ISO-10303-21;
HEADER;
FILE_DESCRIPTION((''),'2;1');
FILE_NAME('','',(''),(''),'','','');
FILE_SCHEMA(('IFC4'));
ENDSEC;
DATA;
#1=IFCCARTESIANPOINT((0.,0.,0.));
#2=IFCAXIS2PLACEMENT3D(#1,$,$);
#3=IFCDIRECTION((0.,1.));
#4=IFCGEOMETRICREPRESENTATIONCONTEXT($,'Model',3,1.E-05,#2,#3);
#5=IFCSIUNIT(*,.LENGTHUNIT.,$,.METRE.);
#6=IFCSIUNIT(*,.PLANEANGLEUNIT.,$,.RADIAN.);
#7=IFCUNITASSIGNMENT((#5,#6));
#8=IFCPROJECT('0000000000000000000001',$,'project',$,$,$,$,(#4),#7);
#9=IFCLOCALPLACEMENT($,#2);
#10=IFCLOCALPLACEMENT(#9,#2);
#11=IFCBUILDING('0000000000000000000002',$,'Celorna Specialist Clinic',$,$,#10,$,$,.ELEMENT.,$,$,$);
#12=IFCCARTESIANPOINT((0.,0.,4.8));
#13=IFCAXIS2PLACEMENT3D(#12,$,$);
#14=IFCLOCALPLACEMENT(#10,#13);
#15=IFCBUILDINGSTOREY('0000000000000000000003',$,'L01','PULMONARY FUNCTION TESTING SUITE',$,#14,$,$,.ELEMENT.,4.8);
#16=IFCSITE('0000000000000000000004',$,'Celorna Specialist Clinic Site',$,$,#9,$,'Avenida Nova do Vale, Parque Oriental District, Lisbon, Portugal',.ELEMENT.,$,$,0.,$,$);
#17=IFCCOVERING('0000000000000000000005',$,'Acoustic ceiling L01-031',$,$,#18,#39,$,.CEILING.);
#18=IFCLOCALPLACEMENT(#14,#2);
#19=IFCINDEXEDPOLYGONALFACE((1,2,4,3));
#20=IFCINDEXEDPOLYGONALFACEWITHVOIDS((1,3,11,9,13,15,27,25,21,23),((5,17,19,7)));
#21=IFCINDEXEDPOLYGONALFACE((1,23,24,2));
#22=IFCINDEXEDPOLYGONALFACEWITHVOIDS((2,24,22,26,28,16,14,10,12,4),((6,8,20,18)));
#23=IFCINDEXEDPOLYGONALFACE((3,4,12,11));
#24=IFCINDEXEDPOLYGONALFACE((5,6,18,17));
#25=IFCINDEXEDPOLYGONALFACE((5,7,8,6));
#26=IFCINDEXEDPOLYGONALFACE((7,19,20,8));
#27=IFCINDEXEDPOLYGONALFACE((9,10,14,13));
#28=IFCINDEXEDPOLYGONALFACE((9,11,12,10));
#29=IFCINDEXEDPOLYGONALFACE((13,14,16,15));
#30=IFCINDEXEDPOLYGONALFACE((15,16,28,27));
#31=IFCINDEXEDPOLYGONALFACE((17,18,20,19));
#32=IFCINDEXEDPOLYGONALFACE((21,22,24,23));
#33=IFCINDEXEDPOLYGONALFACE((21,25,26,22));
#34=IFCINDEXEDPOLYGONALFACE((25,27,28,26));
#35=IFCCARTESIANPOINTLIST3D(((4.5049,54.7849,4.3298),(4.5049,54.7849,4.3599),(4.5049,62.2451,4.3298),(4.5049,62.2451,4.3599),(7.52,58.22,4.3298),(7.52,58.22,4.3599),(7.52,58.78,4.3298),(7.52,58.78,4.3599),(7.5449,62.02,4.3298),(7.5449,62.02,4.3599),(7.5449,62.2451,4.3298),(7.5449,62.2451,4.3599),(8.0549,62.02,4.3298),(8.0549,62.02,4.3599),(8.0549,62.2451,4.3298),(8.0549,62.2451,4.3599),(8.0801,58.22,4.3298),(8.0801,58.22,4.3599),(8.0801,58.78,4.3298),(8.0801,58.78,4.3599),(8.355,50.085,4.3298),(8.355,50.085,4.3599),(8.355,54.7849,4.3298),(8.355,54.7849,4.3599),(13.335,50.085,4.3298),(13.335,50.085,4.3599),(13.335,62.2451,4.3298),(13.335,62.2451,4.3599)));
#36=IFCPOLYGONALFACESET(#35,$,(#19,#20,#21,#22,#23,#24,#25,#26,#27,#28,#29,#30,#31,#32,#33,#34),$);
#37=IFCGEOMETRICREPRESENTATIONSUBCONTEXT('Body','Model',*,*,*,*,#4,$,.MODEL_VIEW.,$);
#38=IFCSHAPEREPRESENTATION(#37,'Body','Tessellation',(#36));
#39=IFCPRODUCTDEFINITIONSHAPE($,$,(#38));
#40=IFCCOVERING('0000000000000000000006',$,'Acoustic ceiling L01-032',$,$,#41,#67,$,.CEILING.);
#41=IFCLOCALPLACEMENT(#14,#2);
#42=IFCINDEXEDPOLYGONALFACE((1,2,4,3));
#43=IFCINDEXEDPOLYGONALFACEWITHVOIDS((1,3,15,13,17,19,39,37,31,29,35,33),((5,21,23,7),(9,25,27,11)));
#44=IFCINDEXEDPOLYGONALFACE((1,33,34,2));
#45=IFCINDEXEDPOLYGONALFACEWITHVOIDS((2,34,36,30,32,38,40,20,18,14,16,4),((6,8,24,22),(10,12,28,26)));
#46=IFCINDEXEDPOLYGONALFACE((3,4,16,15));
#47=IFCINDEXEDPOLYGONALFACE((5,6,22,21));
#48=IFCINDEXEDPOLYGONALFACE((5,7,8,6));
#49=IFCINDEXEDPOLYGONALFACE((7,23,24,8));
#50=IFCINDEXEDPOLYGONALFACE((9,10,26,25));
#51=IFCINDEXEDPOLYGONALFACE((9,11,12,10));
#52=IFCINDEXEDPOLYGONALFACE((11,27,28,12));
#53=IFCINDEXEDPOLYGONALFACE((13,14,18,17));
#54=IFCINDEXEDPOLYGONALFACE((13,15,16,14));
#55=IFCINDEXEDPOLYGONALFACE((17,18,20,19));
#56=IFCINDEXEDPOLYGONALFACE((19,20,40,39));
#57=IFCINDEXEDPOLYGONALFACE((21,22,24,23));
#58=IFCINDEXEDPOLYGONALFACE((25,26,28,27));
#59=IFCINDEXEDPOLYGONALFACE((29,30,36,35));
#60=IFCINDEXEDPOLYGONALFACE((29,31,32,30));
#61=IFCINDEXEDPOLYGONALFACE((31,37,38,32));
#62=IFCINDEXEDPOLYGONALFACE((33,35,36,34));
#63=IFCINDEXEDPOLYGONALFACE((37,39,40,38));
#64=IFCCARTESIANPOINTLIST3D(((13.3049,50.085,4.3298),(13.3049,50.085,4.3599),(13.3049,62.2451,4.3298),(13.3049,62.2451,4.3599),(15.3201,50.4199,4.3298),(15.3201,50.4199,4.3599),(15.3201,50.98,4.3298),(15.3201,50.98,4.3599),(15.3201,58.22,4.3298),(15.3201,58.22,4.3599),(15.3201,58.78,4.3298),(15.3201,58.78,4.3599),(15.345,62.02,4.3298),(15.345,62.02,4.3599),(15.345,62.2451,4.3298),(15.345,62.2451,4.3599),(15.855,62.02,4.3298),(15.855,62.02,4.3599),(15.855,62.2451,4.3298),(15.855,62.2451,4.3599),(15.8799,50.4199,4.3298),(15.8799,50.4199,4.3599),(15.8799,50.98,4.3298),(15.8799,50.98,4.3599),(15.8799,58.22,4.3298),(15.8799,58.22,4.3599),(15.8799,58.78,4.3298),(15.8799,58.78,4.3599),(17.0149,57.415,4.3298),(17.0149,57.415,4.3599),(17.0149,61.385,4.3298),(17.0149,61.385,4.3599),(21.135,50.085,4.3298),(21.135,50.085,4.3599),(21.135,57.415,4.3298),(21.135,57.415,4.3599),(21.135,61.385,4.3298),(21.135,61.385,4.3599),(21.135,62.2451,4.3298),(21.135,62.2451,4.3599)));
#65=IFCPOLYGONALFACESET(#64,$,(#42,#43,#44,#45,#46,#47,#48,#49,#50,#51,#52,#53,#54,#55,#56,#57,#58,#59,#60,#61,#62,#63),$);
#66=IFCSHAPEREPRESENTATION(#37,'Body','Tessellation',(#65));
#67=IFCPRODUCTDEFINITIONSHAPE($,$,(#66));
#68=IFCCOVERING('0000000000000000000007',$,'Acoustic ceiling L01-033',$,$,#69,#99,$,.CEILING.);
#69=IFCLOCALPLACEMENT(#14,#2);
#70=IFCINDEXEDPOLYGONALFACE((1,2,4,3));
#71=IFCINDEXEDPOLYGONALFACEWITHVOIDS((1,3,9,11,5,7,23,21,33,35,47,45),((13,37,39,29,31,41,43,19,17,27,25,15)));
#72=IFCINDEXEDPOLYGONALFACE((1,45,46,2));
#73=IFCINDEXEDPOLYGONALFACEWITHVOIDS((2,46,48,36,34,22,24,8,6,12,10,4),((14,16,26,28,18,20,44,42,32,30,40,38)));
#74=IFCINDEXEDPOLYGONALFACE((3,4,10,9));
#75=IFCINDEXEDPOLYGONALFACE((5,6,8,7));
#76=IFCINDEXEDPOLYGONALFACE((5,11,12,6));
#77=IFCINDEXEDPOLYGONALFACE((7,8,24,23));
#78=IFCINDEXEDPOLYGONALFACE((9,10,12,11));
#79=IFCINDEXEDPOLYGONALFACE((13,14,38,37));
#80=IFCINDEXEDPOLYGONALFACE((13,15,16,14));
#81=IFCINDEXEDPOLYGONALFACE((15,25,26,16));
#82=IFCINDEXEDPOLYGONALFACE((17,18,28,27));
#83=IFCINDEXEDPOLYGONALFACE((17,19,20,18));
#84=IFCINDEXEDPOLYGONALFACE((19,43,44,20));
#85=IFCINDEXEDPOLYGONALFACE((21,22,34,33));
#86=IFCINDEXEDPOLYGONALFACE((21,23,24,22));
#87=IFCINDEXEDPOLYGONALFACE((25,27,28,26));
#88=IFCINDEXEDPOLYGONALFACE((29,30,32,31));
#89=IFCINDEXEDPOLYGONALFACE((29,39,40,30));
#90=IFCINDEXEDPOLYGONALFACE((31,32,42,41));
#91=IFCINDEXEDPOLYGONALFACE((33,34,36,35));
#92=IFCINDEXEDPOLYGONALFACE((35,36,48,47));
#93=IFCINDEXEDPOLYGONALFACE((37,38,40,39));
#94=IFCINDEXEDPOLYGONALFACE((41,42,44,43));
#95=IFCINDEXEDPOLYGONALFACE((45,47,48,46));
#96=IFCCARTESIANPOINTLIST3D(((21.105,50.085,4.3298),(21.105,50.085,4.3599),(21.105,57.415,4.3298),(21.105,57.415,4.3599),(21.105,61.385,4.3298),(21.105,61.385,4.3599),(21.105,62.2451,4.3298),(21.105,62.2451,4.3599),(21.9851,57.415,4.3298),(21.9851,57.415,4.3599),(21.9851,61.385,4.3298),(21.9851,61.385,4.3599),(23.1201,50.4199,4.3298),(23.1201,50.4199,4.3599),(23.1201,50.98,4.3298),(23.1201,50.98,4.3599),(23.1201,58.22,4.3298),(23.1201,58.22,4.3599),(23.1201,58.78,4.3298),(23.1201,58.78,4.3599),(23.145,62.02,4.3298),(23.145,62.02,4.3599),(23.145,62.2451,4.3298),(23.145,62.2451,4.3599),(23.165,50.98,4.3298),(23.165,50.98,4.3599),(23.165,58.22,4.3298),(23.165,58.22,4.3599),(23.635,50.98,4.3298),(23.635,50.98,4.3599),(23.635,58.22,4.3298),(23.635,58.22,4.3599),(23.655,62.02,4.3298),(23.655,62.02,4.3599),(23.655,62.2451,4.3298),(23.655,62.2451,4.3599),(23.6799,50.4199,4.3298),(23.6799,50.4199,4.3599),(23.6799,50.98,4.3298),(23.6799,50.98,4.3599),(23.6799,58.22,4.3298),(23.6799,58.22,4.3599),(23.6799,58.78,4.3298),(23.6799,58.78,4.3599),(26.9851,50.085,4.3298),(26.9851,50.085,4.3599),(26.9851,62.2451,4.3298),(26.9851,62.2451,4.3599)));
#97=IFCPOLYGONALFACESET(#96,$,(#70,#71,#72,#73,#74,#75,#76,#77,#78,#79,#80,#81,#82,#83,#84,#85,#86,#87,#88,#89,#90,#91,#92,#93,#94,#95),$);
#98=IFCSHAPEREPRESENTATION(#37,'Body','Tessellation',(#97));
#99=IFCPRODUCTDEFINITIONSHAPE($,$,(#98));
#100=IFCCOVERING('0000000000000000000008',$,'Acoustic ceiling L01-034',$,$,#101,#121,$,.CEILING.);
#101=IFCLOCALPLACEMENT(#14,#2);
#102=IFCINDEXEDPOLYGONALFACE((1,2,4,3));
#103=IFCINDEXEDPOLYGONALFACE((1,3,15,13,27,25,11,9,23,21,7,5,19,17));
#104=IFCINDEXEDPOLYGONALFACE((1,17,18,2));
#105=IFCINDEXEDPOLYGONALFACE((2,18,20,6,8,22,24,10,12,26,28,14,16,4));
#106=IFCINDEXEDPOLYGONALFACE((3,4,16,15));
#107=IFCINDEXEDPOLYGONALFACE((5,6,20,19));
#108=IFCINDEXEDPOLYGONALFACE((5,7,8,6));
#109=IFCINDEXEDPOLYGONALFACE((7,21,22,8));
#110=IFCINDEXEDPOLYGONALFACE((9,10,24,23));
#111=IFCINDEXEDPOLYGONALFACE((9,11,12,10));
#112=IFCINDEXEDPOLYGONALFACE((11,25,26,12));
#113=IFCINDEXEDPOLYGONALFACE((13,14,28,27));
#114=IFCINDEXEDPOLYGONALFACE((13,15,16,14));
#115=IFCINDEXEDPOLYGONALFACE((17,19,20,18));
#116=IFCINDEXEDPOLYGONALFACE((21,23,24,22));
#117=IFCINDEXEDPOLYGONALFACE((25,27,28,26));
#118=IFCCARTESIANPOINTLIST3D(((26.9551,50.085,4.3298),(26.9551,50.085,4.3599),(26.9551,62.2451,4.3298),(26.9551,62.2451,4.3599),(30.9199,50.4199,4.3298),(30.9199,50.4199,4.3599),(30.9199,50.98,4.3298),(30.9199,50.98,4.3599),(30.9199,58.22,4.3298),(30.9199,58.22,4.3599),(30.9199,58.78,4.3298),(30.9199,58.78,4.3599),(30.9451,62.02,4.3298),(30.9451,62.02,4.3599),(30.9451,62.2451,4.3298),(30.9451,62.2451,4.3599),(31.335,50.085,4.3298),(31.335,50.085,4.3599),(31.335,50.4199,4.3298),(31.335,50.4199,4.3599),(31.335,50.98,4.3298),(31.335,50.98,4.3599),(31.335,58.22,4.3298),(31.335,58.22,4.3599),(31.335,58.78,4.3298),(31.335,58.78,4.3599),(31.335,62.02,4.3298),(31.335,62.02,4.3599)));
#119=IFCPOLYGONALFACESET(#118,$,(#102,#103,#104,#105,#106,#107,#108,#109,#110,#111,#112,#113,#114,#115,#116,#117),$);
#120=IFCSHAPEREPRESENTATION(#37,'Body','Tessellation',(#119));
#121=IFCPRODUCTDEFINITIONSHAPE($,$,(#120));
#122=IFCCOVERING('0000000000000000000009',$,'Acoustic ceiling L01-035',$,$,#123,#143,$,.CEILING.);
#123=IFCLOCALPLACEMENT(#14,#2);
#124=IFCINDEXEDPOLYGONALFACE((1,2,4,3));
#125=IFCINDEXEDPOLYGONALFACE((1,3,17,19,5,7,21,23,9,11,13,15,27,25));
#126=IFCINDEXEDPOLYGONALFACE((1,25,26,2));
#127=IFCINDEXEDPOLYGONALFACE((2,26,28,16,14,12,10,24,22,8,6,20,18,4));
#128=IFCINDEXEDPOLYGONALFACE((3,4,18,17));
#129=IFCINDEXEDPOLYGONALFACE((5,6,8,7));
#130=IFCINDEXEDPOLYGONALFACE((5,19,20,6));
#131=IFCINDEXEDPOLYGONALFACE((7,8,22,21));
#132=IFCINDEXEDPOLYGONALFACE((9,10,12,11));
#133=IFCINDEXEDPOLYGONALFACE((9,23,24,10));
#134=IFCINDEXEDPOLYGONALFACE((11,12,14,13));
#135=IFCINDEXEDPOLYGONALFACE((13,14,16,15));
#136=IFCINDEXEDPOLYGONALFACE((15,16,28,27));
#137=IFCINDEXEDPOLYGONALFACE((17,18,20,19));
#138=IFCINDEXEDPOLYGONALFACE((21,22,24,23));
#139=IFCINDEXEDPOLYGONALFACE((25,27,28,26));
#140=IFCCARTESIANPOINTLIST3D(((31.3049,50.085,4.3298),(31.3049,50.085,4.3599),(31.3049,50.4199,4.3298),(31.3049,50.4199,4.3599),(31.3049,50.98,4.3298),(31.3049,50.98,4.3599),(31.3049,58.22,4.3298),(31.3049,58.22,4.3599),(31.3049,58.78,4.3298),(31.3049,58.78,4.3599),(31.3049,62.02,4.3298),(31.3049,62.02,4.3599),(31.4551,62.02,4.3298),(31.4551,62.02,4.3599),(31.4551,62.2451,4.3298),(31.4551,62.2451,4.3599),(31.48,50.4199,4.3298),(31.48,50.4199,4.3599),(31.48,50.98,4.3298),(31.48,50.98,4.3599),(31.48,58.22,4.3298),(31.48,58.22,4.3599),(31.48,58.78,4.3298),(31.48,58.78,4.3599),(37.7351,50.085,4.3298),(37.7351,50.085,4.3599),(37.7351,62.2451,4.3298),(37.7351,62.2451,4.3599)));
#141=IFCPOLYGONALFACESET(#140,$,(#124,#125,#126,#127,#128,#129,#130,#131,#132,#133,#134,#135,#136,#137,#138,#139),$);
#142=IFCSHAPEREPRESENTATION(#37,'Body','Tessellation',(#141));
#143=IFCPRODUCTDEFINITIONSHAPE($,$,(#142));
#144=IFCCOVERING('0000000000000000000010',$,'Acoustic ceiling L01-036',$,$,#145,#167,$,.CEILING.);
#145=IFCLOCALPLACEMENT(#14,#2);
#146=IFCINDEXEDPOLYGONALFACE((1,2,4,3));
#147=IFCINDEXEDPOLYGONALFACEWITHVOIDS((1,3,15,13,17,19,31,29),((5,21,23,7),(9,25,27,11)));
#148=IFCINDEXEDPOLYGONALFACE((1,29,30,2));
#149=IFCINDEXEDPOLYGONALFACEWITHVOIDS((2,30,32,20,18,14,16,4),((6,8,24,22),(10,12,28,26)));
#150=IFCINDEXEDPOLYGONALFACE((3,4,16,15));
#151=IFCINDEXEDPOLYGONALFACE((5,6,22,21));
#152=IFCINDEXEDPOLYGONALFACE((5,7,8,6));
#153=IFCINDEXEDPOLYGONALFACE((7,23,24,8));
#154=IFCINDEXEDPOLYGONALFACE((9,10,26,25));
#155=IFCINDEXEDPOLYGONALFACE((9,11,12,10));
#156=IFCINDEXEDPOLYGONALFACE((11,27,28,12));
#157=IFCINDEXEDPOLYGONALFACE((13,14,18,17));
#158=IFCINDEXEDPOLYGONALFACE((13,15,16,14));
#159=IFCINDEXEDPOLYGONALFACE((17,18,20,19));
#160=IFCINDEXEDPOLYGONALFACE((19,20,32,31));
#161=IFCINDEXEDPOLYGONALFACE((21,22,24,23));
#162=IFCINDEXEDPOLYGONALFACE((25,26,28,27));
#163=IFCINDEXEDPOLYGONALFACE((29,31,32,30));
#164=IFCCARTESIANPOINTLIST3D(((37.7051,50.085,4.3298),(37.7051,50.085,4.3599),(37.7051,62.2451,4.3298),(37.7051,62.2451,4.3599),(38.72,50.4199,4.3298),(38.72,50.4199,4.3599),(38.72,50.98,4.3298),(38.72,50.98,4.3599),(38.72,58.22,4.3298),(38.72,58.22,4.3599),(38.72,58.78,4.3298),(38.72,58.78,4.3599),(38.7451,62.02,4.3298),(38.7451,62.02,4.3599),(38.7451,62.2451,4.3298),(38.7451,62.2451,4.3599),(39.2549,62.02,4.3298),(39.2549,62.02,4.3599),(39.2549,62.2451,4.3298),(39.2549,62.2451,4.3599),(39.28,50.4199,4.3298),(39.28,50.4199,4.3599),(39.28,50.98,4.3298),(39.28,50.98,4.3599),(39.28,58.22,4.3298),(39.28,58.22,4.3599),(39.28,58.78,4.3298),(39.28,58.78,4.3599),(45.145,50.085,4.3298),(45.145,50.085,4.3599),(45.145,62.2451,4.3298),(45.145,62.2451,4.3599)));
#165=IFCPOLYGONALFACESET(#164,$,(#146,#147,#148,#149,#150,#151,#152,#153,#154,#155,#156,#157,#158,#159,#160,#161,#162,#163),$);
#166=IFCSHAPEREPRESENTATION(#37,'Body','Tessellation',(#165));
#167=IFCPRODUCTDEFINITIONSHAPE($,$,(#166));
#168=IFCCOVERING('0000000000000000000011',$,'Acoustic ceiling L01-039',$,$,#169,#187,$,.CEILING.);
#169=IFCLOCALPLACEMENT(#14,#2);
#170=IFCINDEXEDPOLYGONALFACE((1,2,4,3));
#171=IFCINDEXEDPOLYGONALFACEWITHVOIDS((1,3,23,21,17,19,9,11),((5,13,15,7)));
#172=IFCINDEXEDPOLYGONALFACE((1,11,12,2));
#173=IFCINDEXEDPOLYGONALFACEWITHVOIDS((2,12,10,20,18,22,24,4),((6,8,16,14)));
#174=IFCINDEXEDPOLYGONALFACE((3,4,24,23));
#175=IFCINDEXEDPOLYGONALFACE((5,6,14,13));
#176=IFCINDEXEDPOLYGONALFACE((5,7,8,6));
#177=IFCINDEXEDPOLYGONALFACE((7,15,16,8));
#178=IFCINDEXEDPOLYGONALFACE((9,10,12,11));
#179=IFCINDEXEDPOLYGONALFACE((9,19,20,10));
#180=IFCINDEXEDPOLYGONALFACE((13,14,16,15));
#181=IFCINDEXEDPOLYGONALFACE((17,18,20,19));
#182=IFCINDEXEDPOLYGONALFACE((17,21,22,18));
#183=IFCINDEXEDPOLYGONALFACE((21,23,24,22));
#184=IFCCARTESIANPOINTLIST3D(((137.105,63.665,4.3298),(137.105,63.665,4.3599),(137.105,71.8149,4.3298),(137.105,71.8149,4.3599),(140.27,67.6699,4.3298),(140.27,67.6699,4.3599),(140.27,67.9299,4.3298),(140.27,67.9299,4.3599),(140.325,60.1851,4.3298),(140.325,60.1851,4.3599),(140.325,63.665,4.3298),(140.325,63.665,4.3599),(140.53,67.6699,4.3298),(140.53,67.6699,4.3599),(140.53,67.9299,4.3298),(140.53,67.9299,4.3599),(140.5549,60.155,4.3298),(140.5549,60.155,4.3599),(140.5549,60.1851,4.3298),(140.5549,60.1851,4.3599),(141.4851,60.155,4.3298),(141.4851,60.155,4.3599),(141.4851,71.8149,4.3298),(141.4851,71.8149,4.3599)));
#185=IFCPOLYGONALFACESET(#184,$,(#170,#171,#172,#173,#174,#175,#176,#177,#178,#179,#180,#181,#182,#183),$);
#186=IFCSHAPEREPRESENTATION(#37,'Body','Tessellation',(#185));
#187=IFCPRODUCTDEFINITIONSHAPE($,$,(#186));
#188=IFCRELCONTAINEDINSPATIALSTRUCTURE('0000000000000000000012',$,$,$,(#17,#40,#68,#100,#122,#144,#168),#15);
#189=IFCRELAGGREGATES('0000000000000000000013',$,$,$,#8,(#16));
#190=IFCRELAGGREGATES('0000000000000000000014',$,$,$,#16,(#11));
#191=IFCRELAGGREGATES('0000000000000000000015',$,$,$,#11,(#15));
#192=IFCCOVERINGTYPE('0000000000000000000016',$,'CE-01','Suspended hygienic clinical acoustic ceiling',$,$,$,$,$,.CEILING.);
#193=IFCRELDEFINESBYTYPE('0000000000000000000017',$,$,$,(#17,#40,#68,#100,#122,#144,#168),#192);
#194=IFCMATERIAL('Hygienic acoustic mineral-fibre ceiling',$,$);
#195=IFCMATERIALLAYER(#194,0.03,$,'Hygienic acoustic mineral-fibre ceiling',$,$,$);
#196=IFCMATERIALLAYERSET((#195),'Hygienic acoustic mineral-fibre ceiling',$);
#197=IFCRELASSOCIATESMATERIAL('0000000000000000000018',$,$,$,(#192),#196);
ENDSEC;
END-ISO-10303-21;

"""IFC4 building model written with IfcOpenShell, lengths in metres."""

from ifc_helpers import new_model, si_unit, direction, frame, origin, place, context, subcontext, project, spatial, polyline, outline, extrude, material, layer, layer_set, type_object, element, save


model = new_model("IFC4")

# Units and contexts
model_context = context("Model", 3, precision=1e-05, world=origin(), true_north=direction((0.0, 1.0)))
body_context = subcontext(model_context, "Body", "Model", "MODEL_VIEW")
ifc_project = project(units=[si_unit("LENGTHUNIT", "METRE"), si_unit("PLANEANGLEUNIT", "RADIAN")], contexts=[model_context])

# Site, building, storey
site_placement = place(None, origin())
site = spatial("IfcSite", under=ifc_project, at=site_placement, Name="Celorna Specialist Clinic Site", LongName="Avenida Nova do Vale, Parque Oriental District, Lisbon, Portugal", CompositionType="ELEMENT", RefElevation=0.0)
building_placement = place(site_placement, origin())
building = spatial("IfcBuilding", under=site, at=building_placement, Name="Celorna Specialist Clinic", CompositionType="ELEMENT")
storey_placement = place(building_placement, frame((0.0, 0.0, 4.8)))
storey = spatial("IfcBuildingStorey", under=building, at=storey_placement, Name="L01", Description="PULMONARY FUNCTION TESTING SUITE", CompositionType="ELEMENT", Elevation=4.8)

# Coverings
ifc_material_1 = material(Name="Hygienic acoustic mineral-fibre ceiling")
ifc_layer_1 = layer(ifc_material_1, 0.03, Name="Hygienic acoustic mineral-fibre ceiling")
ifc_layer_set_1 = layer_set([ifc_layer_1], Name="Hygienic acoustic mineral-fibre ceiling")
covering_type = type_object("IfcCoveringType", Name="CE-01", Description="Suspended hygienic clinical acoustic ceiling", PredefinedType="CEILING", material=ifc_layer_set_1)
covering_1_placement = place(storey_placement, frame((0.0, 0.0, 4.3298)))
element("IfcCovering", 1, at=covering_1_placement, inside=storey, type_object=covering_type, Name="Acoustic ceiling L01-031", PredefinedType="CEILING", context=body_context, shape_type="SweptSolid", body=[
    extrude(outline(polyline([(8.355, 54.7849), (4.5049, 54.7849), (4.5049, 62.2451), (7.5449, 62.2451), (7.5449, 62.02), (8.0549, 62.02), (8.0549, 62.2451), (13.335, 62.2451), (13.335, 50.085), (8.355, 50.085), (8.355, 54.7849)]), holes=[polyline([(8.0801, 58.78), (7.52, 58.78), (7.52, 58.22), (8.0801, 58.22), (8.0801, 58.78)])]), origin(), (0.0, 0.0, 1.0), 0.03),
])
covering_2_placement = place(storey_placement, frame((0.0, 0.0, 4.3298)))
element("IfcCovering", 2, at=covering_2_placement, inside=storey, type_object=covering_type, Name="Acoustic ceiling L01-032", PredefinedType="CEILING", context=body_context, shape_type="SweptSolid", body=[
    extrude(outline(polyline([(13.3049, 62.2451), (15.345, 62.2451), (15.345, 62.02), (15.855, 62.02), (15.855, 62.2451), (21.135, 62.2451), (21.135, 61.385), (17.0149, 61.385), (17.0149, 57.415), (21.135, 57.415), (21.135, 50.085), (13.3049, 50.085), (13.3049, 62.2451)]), holes=[polyline([(15.8799, 50.98), (15.3201, 50.98), (15.3201, 50.4199), (15.8799, 50.4199), (15.8799, 50.98)]), polyline([(15.8799, 58.22), (15.8799, 58.78), (15.3201, 58.78), (15.3201, 58.22), (15.8799, 58.22)])]), origin(), (0.0, 0.0, 1.0), 0.03),
])
covering_3_placement = place(storey_placement, frame((0.0, 0.0, 4.3298)))
element("IfcCovering", 3, at=covering_3_placement, inside=storey, type_object=covering_type, Name="Acoustic ceiling L01-033", PredefinedType="CEILING", context=body_context, shape_type="SweptSolid", body=[
    extrude(outline(polyline([(26.9851, 62.2451), (26.9851, 50.085), (21.105, 50.085), (21.105, 57.415), (21.9851, 57.415), (21.9851, 61.385), (21.105, 61.385), (21.105, 62.2451), (23.145, 62.2451), (23.145, 62.02), (23.655, 62.02), (23.655, 62.2451), (26.9851, 62.2451)]), holes=[polyline([(23.635, 58.22), (23.6799, 58.22), (23.6799, 58.78), (23.1201, 58.78), (23.1201, 58.22), (23.165, 58.22), (23.165, 50.98), (23.1201, 50.98), (23.1201, 50.4199), (23.6799, 50.4199), (23.6799, 50.98), (23.635, 50.98), (23.635, 58.22)])]), origin(), (0.0, 0.0, 1.0), 0.03),
])
covering_4_placement = place(storey_placement, frame((0.0, 0.0, 4.3298)))
element("IfcCovering", 4, at=covering_4_placement, inside=storey, type_object=covering_type, Name="Acoustic ceiling L01-034", PredefinedType="CEILING", context=body_context, shape_type="SweptSolid", body=[
    extrude(outline(polyline([(30.9451, 62.2451), (30.9451, 62.02), (31.335, 62.02), (31.335, 58.78), (30.9199, 58.78), (30.9199, 58.22), (31.335, 58.22), (31.335, 50.98), (30.9199, 50.98), (30.9199, 50.4199), (31.335, 50.4199), (31.335, 50.085), (26.9551, 50.085), (26.9551, 62.2451), (30.9451, 62.2451)])), origin(), (0.0, 0.0, 1.0), 0.03),
])
covering_5_placement = place(storey_placement, frame((0.0, 0.0, 4.3298)))
element("IfcCovering", 5, at=covering_5_placement, inside=storey, type_object=covering_type, Name="Acoustic ceiling L01-035", PredefinedType="CEILING", context=body_context, shape_type="SweptSolid", body=[
    extrude(outline(polyline([(31.3049, 58.22), (31.48, 58.22), (31.48, 58.78), (31.3049, 58.78), (31.3049, 62.02), (31.4551, 62.02), (31.4551, 62.2451), (37.7351, 62.2451), (37.7351, 50.085), (31.3049, 50.085), (31.3049, 50.4199), (31.48, 50.4199), (31.48, 50.98), (31.3049, 50.98), (31.3049, 58.22)])), origin(), (0.0, 0.0, 1.0), 0.03),
])
covering_6_placement = place(storey_placement, frame((0.0, 0.0, 4.3298)))
element("IfcCovering", 6, at=covering_6_placement, inside=storey, type_object=covering_type, Name="Acoustic ceiling L01-036", PredefinedType="CEILING", context=body_context, shape_type="SweptSolid", body=[
    extrude(outline(polyline([(38.7451, 62.2451), (38.7451, 62.02), (39.2549, 62.02), (39.2549, 62.2451), (45.145, 62.2451), (45.145, 50.085), (37.7051, 50.085), (37.7051, 62.2451), (38.7451, 62.2451)]), holes=[polyline([(39.28, 50.98), (38.72, 50.98), (38.72, 50.4199), (39.28, 50.4199), (39.28, 50.98)]), polyline([(39.28, 58.78), (38.72, 58.78), (38.72, 58.22), (39.28, 58.22), (39.28, 58.78)])]), origin(), (0.0, 0.0, 1.0), 0.03),
])
covering_7_placement = place(storey_placement, frame((0.0, 0.0, 4.3298)))
element("IfcCovering", 7, at=covering_7_placement, inside=storey, type_object=covering_type, Name="Acoustic ceiling L01-039", PredefinedType="CEILING", context=body_context, shape_type="SweptSolid", body=[
    extrude(outline(polyline([(140.325, 63.665), (137.105, 63.665), (137.105, 71.8149), (141.4851, 71.8149), (141.4851, 60.155), (140.5549, 60.155), (140.5549, 60.1851), (140.325, 60.1851), (140.325, 63.665)]), holes=[polyline([(140.53, 67.9299), (140.27, 67.9299), (140.27, 67.6699), (140.53, 67.6699), (140.53, 67.9299)])]), origin(), (0.0, 0.0, 1.0), 0.03),
])

save(model, "model.ifc")
